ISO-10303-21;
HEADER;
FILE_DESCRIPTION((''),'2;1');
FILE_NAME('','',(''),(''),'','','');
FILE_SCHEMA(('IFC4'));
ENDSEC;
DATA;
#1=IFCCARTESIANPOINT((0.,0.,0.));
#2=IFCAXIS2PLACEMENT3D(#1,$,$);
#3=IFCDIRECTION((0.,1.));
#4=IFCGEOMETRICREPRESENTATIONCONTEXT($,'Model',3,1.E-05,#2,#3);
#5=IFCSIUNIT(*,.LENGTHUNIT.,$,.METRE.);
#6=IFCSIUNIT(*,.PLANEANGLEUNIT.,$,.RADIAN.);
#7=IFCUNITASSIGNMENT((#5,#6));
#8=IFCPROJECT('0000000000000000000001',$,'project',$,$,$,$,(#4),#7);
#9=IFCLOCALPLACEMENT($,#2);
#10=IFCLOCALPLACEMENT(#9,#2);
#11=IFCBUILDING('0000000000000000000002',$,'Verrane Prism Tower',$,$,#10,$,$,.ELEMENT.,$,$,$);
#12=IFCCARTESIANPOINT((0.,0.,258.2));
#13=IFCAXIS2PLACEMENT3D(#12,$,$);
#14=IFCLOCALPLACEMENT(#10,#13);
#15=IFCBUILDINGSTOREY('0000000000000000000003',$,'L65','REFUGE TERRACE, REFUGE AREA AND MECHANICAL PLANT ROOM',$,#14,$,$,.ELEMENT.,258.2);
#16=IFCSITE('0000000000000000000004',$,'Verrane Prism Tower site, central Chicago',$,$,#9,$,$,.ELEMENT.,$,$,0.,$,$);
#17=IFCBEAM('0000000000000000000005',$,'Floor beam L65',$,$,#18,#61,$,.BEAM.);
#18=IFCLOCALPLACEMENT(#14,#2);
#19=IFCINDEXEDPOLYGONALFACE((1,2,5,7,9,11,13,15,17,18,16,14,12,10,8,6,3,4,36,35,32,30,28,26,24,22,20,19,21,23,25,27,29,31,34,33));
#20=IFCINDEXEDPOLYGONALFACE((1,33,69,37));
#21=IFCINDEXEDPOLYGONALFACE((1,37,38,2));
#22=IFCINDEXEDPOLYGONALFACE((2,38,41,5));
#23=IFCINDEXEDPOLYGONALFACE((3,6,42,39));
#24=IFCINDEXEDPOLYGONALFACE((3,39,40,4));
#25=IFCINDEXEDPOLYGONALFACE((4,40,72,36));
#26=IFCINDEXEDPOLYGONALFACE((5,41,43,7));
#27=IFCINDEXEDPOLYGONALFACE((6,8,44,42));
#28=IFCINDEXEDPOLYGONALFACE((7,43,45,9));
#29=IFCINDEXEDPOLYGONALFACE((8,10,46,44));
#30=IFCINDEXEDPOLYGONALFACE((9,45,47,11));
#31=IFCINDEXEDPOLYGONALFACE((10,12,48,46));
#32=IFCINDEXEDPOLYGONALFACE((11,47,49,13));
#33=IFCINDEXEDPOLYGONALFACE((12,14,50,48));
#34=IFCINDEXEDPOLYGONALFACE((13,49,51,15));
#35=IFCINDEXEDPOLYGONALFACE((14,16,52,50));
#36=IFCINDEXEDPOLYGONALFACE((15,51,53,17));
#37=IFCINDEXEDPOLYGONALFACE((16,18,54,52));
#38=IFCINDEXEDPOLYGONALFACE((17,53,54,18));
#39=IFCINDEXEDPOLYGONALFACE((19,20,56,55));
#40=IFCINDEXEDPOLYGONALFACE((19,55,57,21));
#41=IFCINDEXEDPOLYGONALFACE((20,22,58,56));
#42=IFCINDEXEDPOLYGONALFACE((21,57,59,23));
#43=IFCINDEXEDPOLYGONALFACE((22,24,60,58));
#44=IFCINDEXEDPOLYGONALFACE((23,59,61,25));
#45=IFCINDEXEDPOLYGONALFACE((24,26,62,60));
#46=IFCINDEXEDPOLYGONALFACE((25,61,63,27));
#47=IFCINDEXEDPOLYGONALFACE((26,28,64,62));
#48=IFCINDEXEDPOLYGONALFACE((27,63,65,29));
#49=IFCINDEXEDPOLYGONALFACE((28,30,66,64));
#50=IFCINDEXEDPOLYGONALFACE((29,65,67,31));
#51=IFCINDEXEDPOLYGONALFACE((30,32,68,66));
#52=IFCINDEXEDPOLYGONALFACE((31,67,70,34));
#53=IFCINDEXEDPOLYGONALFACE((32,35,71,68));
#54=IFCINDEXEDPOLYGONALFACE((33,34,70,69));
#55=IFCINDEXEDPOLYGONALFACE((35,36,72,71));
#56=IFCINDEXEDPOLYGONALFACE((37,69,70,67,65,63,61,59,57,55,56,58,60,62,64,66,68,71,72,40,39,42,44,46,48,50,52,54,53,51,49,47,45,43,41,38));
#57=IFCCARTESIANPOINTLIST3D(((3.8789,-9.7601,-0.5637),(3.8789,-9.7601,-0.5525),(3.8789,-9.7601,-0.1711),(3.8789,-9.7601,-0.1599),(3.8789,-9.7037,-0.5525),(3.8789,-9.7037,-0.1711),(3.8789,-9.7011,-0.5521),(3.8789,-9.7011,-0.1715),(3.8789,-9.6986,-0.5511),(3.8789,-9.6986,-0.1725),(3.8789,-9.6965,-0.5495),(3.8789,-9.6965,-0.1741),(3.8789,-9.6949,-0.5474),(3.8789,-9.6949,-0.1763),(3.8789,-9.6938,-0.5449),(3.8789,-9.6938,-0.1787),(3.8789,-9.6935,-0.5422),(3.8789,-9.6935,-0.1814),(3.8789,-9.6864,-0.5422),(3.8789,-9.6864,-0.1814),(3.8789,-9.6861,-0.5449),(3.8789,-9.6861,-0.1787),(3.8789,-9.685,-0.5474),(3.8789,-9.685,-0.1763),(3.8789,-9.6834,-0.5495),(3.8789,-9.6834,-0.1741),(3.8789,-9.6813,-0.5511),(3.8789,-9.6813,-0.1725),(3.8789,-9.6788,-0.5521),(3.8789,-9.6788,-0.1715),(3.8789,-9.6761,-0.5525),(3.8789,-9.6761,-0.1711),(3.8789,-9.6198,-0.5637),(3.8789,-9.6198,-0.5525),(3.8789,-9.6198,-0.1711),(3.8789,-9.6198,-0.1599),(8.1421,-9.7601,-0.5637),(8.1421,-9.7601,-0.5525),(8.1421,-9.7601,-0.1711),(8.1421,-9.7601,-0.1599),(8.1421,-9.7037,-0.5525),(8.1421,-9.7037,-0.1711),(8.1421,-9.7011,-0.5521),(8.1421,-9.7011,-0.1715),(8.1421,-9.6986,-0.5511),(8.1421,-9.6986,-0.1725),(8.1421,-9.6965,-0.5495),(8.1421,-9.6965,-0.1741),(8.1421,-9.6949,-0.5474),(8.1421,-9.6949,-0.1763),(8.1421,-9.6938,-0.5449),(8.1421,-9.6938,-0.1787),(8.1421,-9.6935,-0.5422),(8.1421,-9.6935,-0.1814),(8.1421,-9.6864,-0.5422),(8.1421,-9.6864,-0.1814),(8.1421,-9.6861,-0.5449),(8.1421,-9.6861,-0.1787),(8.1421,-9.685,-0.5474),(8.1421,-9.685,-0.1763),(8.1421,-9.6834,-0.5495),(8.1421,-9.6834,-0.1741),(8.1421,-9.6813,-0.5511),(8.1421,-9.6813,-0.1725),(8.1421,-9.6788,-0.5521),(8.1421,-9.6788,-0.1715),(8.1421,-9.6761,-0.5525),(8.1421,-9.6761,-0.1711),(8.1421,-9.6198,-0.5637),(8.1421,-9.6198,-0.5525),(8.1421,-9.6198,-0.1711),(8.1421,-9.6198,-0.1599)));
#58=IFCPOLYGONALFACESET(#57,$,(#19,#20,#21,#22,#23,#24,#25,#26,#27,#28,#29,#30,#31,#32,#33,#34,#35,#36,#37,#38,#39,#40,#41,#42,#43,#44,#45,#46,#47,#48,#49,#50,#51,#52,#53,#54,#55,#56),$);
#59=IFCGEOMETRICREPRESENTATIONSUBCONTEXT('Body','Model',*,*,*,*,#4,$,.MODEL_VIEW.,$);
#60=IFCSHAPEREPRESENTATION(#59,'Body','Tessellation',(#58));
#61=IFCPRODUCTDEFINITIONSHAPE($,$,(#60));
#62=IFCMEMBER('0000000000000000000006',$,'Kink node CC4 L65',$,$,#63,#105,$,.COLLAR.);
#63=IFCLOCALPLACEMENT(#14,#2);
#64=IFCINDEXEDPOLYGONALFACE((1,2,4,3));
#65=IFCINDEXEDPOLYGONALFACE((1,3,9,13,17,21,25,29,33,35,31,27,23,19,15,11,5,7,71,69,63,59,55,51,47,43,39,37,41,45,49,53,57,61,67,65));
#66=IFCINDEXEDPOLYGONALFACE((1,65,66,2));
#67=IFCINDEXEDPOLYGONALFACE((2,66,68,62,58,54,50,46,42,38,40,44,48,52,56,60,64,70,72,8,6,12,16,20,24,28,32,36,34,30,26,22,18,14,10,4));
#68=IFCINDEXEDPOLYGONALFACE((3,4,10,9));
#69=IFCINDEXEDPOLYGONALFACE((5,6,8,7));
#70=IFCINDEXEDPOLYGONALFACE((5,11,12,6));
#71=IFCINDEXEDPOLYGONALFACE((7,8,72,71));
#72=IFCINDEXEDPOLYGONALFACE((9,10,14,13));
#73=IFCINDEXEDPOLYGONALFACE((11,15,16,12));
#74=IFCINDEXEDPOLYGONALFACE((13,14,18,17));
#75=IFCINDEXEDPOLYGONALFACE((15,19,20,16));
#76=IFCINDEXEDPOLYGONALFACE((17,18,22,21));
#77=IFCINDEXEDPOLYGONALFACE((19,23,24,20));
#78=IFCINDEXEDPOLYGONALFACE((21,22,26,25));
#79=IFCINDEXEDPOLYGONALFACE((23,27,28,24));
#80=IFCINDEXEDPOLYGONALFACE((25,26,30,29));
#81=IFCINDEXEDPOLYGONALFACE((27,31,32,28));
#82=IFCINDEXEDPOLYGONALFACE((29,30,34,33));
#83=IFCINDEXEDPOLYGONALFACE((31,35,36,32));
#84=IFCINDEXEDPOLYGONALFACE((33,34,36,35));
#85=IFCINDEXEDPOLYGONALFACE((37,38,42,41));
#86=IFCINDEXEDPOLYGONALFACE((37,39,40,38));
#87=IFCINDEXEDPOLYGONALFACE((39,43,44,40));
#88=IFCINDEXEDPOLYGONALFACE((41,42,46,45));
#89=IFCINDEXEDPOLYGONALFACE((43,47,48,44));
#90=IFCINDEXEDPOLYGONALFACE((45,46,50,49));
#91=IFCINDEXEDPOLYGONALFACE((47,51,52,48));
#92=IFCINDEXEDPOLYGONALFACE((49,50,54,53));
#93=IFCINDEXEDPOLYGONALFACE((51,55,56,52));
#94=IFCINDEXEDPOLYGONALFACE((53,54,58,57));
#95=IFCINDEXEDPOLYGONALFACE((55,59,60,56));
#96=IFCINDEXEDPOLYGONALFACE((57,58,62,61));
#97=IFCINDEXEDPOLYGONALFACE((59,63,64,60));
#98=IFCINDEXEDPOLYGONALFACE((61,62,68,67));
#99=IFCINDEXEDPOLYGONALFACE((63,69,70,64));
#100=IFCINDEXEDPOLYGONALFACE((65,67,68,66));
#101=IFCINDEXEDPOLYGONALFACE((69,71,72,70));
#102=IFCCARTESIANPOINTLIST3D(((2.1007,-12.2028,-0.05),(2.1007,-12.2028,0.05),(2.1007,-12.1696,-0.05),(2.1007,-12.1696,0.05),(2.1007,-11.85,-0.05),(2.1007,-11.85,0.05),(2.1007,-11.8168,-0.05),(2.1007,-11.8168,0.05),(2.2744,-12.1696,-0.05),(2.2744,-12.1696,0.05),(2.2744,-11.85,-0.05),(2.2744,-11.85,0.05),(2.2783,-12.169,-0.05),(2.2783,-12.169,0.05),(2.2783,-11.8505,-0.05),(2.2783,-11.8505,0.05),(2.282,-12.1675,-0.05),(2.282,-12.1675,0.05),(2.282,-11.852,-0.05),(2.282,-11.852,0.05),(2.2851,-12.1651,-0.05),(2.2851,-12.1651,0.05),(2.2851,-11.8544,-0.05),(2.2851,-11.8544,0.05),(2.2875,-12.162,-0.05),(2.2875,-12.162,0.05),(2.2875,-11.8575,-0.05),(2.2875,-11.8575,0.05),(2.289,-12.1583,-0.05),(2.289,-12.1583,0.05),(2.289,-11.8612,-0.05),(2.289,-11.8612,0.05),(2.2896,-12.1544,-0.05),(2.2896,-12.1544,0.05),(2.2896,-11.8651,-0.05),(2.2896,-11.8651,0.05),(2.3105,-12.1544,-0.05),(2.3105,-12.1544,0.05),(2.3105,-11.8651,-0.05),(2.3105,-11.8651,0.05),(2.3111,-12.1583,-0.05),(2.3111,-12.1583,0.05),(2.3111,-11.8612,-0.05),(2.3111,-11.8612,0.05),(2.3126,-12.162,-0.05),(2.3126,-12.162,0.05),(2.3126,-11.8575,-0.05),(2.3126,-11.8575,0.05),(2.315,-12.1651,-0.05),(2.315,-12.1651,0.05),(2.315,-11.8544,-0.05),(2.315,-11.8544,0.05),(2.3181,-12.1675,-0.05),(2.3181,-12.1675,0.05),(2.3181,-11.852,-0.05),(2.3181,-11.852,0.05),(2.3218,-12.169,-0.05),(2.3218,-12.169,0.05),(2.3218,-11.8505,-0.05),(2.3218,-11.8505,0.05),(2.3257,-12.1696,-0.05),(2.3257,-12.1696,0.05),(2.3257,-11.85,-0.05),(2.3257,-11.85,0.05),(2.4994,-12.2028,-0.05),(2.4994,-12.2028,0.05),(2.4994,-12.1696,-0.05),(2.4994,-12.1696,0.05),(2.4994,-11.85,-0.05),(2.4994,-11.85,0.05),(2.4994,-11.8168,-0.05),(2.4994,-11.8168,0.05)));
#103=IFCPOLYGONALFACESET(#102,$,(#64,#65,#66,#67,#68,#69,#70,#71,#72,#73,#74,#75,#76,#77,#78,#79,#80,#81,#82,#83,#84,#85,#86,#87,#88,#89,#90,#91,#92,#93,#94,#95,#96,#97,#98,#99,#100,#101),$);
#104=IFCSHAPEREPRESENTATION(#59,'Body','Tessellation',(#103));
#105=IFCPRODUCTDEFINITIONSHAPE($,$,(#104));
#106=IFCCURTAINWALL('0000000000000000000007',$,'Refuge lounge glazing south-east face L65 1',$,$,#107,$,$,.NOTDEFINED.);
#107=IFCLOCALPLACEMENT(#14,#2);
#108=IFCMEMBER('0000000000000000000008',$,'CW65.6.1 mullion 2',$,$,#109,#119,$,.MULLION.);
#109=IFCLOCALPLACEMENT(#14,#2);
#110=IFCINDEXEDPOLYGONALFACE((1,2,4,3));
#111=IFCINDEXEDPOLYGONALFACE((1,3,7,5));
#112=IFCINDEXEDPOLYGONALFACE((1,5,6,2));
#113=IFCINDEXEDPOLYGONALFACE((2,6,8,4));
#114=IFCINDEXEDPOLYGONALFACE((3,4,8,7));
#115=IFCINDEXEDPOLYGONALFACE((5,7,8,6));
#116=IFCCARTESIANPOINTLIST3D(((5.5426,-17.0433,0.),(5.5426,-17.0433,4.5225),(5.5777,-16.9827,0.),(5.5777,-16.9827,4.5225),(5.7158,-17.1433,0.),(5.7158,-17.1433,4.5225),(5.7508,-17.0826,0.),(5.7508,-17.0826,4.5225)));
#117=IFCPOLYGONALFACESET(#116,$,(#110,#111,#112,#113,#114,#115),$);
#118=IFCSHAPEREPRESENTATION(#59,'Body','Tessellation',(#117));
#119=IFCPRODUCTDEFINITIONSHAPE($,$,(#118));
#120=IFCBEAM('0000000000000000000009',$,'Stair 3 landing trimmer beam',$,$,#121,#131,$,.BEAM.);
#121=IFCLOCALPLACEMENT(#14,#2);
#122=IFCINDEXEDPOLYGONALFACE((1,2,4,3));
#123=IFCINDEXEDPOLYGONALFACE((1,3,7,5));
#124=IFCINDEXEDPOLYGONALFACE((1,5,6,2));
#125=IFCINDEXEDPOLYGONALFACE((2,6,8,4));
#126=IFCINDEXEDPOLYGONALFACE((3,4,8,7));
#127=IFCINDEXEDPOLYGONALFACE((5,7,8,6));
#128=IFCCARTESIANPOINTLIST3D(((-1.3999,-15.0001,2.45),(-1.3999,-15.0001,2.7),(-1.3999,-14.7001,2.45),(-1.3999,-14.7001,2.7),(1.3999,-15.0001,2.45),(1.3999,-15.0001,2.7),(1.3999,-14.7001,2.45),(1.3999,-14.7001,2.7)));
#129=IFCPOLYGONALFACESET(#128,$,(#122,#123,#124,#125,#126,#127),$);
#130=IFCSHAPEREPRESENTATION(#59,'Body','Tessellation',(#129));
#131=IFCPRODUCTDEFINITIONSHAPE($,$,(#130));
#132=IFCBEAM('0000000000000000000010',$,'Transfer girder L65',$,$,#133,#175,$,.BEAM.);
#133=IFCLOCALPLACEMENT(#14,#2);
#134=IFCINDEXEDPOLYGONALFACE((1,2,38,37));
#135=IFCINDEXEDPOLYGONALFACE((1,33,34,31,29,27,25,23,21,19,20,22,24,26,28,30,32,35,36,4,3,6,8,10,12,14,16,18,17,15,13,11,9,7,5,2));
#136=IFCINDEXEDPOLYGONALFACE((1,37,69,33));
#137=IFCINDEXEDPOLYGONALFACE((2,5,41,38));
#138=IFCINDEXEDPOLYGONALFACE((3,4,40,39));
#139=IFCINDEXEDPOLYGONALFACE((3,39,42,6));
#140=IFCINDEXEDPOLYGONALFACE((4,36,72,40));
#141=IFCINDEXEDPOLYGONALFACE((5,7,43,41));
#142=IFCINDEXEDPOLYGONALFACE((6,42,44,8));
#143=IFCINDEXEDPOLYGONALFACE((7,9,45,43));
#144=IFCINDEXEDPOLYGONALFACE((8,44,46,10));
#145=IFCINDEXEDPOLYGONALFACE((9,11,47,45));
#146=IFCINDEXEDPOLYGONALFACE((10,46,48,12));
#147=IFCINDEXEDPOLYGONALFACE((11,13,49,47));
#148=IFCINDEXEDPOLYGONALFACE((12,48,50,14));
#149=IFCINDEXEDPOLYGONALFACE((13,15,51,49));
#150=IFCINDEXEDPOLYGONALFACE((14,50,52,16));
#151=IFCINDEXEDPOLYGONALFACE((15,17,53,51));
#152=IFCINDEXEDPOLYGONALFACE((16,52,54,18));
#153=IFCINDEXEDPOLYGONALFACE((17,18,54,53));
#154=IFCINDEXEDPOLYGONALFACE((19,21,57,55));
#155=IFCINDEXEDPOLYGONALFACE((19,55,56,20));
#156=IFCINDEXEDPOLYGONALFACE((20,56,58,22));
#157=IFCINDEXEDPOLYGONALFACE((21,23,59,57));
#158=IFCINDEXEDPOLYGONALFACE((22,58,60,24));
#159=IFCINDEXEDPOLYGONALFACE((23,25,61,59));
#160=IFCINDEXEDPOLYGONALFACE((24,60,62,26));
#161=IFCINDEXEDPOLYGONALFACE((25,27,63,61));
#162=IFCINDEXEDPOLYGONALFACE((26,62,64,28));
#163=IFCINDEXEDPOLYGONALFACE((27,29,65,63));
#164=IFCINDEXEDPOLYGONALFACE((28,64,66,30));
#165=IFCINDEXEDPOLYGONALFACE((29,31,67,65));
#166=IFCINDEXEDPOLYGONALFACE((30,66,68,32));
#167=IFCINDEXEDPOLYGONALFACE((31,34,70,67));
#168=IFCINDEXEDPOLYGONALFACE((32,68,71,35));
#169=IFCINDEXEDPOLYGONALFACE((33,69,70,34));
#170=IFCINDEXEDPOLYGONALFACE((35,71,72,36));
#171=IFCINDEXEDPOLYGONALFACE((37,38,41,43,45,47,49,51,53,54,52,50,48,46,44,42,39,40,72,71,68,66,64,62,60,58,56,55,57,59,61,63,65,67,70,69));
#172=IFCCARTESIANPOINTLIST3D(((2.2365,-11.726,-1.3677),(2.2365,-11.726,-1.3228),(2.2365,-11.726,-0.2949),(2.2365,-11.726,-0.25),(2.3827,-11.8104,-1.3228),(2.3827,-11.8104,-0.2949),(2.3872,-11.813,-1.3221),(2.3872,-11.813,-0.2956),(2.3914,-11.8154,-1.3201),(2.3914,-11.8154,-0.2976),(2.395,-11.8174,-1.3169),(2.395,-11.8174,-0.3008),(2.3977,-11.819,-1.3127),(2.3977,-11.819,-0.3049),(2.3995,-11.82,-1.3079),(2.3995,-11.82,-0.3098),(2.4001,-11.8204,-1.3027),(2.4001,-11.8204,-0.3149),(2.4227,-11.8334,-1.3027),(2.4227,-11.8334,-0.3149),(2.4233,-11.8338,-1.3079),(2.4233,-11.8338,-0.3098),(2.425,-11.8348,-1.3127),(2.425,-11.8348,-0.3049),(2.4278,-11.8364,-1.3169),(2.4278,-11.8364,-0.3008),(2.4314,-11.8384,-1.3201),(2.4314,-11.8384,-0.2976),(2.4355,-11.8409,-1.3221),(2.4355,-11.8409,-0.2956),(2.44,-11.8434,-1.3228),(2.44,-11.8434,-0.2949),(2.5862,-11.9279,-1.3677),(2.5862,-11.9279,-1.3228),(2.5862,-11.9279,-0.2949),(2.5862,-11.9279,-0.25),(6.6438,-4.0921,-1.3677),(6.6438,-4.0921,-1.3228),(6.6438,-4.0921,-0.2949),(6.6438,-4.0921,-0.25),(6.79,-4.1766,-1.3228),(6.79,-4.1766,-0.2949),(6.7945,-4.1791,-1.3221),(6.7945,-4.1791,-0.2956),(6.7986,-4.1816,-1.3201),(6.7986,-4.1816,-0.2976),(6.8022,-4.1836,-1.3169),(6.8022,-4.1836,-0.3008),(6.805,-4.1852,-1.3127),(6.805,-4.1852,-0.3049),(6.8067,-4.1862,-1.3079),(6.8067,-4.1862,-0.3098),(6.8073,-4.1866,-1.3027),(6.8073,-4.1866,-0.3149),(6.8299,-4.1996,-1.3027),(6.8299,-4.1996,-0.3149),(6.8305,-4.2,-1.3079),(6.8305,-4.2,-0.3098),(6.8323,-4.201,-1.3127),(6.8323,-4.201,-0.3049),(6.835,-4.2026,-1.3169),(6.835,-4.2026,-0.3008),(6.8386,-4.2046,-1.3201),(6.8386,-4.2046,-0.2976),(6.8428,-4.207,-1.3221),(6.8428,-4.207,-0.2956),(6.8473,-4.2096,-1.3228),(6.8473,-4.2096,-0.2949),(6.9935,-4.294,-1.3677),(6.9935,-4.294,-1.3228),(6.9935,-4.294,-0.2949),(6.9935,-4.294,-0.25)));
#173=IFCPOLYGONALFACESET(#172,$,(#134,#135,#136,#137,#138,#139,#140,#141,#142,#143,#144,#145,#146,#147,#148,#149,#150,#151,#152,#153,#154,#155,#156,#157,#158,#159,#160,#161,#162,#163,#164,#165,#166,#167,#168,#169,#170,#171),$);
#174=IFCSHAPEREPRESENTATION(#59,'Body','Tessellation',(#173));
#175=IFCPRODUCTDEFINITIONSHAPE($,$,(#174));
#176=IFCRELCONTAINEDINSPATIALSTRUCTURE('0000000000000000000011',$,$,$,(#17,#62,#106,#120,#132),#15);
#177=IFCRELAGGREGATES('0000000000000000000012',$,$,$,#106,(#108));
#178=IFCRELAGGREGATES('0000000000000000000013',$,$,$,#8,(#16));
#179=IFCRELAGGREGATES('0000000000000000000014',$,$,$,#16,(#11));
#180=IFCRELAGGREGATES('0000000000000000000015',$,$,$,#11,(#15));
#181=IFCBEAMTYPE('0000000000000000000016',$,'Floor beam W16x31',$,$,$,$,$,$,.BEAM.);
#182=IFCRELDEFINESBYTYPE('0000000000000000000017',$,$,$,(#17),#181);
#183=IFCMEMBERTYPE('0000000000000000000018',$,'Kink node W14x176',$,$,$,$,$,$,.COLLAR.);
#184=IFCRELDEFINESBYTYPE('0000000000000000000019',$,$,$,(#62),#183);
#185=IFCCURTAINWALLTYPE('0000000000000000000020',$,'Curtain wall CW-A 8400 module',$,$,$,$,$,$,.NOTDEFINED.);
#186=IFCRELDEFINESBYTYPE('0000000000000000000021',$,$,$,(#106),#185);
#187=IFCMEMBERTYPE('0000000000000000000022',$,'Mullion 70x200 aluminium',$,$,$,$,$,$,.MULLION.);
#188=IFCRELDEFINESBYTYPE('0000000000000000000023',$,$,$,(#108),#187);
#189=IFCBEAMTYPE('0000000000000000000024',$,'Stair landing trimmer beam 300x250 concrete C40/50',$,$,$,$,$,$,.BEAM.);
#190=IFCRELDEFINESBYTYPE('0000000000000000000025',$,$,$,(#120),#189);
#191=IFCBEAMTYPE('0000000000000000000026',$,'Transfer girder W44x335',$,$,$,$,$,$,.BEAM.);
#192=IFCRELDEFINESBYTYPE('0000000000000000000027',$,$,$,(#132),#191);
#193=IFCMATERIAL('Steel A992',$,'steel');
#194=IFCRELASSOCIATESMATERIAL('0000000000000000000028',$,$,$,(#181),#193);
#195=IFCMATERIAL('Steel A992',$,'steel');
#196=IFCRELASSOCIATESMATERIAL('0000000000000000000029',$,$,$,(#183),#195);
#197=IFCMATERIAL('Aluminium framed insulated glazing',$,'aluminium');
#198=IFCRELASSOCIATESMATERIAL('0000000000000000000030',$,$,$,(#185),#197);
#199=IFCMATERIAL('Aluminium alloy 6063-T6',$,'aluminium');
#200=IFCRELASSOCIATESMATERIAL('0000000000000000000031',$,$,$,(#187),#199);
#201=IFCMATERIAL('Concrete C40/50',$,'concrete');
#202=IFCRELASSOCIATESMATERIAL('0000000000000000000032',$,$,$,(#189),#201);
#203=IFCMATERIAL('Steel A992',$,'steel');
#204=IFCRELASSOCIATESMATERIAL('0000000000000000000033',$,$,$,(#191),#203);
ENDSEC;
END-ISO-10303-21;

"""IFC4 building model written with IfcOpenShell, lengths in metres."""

from ifc_helpers import new_model, si_unit, direction, frame, origin, origin_2d, place, context, subcontext, project, spatial, rectangle, i_section, extrude, material, material_profile, profile_set, type_object, element, aggregate, save


model = new_model("IFC4")

# Units and contexts
model_context = context("Model", 3, precision=1e-05, world=origin(), true_north=direction((0.0, 1.0)))
body_context = subcontext(model_context, "Body", "Model", "MODEL_VIEW")
ifc_project = project(units=[si_unit("LENGTHUNIT", "METRE"), si_unit("PLANEANGLEUNIT", "RADIAN")], contexts=[model_context])

# Site, building, storey
site_placement = place(None, origin())
site = spatial("IfcSite", under=ifc_project, at=site_placement, Name="Verrane Prism Tower site, central Chicago", CompositionType="ELEMENT", RefElevation=0.0)
building_placement = place(site_placement, origin())
building = spatial("IfcBuilding", under=site, at=building_placement, Name="Verrane Prism Tower", CompositionType="ELEMENT")
storey_placement = place(building_placement, frame((0.0, 0.0, 258.2)))
storey = spatial("IfcBuildingStorey", under=building, at=storey_placement, Name="L65", Description="REFUGE TERRACE, REFUGE AREA AND MECHANICAL PLANT ROOM", CompositionType="ELEMENT", Elevation=258.2)

# Beam
ifc_material_1 = material(Name="Steel A992", Category="steel")
ifc_material_profile_1 = material_profile(ifc_material_1, i_section(OverallWidth=0.1404, OverallDepth=0.4038, WebThickness=0.0071, FlangeThickness=0.0112, FilletRadius=0.0103, at=origin_2d()), Name="W16x31")
ifc_profile_set_1 = profile_set([ifc_material_profile_1], Name="Steel A992")
beam_type_1 = type_object("IfcBeamType", Name="Floor beam W16x31", PredefinedType="BEAM", material=ifc_profile_set_1)
beam_1_placement = place(storey_placement, frame((3.8789, -9.6899, -0.3618), z_axis=(1.0, 0.0, 0.0), x_axis=(0.0, 1.0, 0.0)))
element("IfcBeam", 1, at=beam_1_placement, inside=storey, type_object=beam_type_1, Name="Floor beam L65", PredefinedType="BEAM", context=body_context, shape_type="SweptSolid", body=[
    extrude(i_section(OverallWidth=0.1404, OverallDepth=0.4038, WebThickness=0.0071, FlangeThickness=0.0112, FilletRadius=0.0103, at=origin_2d()), origin(), (0.0, 0.0, 1.0), 4.2632),
])

# Member
ifc_material_2 = material(Name="Steel A992", Category="steel")
ifc_material_profile_2 = material_profile(ifc_material_2, i_section(OverallWidth=0.3987, OverallDepth=0.386, WebThickness=0.021, FlangeThickness=0.0332, FilletRadius=0.0151, at=origin_2d()), Name="W14x176")
ifc_profile_set_2 = profile_set([ifc_material_profile_2], Name="Steel A992")
member_type_1 = type_object("IfcMemberType", Name="Kink node W14x176", PredefinedType="COLLAR", material=ifc_profile_set_2)
member_1_placement = place(storey_placement, frame((2.3, -12.0098, -0.05), z_axis=(0.0, 0.0, 1.0), x_axis=(1.0, 0.0, 0.0)))
element("IfcMember", 2, at=member_1_placement, inside=storey, type_object=member_type_1, Name="Kink node CC4 L65", PredefinedType="COLLAR", context=body_context, shape_type="SweptSolid", body=[
    extrude(i_section(OverallWidth=0.3987, OverallDepth=0.386, WebThickness=0.021, FlangeThickness=0.0332, FilletRadius=0.0151, at=origin_2d()), origin(), (0.0, 0.0, 1.0), 0.1001),
])

# Curtain wall, member
ifc_material_3 = material(Name="Aluminium framed insulated glazing", Category="aluminium")
curtain_wall_type = type_object("IfcCurtainWallType", Name="Curtain wall CW-A 8400 module", PredefinedType="NOTDEFINED", material=ifc_material_3)
curtain_wall_placement = place(storey_placement, origin())
curtain_wall = element("IfcCurtainWall", 3, at=curtain_wall_placement, inside=storey, type_object=curtain_wall_type, Name="Refuge lounge glazing south-east face L65 1", PredefinedType="NOTDEFINED")
ifc_material_4 = material(Name="Aluminium alloy 6063-T6", Category="aluminium")
ifc_material_profile_3 = material_profile(ifc_material_4, rectangle(XDim=0.2, YDim=0.0701, at=origin_2d()), Name="Mullion 70x200 aluminium")
ifc_profile_set_3 = profile_set([ifc_material_profile_3], Name="Aluminium alloy 6063-T6")
member_type_2 = type_object("IfcMemberType", Name="Mullion 70x200 aluminium", PredefinedType="MULLION", material=ifc_profile_set_3)
member_2_placement = place(storey_placement, frame((5.6467, -17.063, 0.0), z_axis=(0.0, 0.0, 1.0), x_axis=(-0.866027, 0.499998, 0.0)))
member_2 = element("IfcMember", 4, at=member_2_placement, type_object=member_type_2, Name="CW65.6.1 mullion 2", PredefinedType="MULLION", context=body_context, shape_type="SweptSolid", body=[
    extrude(rectangle(XDim=0.2, YDim=0.0701, at=origin_2d()), origin(), (0.0, 0.0, 1.0), 4.5225),
])
aggregate(curtain_wall, [member_2])

# Beams
ifc_material_5 = material(Name="Concrete C40/50", Category="concrete")
ifc_material_profile_4 = material_profile(ifc_material_5, rectangle(XDim=0.3, YDim=0.25, at=origin_2d()), Name="RC 300x250")
ifc_profile_set_4 = profile_set([ifc_material_profile_4], Name="Concrete C40/50")
beam_type_2 = type_object("IfcBeamType", Name="Stair landing trimmer beam 300x250 concrete C40/50", PredefinedType="BEAM", material=ifc_profile_set_4)
beam_2_placement = place(storey_placement, frame((1.3999, -14.8501, 2.575), z_axis=(-1.0, 0.0, 0.0), x_axis=(0.0, -1.0, 0.0)))
element("IfcBeam", 5, at=beam_2_placement, inside=storey, type_object=beam_type_2, Name="Stair 3 landing trimmer beam", PredefinedType="BEAM", context=body_context, shape_type="SweptSolid", body=[
    extrude(rectangle(XDim=0.3, YDim=0.25, at=origin_2d()), origin(), (0.0, 0.0, 1.0), 2.7998),
])
ifc_material_6 = material(Name="Steel A992", Category="steel")
ifc_material_profile_5 = material_profile(ifc_material_6, i_section(OverallWidth=0.4038, OverallDepth=1.1177, WebThickness=0.0261, FlangeThickness=0.0449, FilletRadius=0.02, at=origin_2d()), Name="W44x335")
ifc_profile_set_5 = profile_set([ifc_material_profile_5], Name="Steel A992")
beam_type_3 = type_object("IfcBeamType", Name="Transfer girder W44x335", PredefinedType="BEAM", material=ifc_profile_set_5)
beam_3_placement = place(storey_placement, frame((2.4114, -11.8269, -0.8088), z_axis=(0.499988, 0.866032, 0.0), x_axis=(-0.866032, 0.499988, 0.0)))
element("IfcBeam", 6, at=beam_3_placement, inside=storey, type_object=beam_type_3, Name="Transfer girder L65", PredefinedType="BEAM", context=body_context, shape_type="SweptSolid", body=[
    extrude(i_section(OverallWidth=0.4038, OverallDepth=1.1177, WebThickness=0.0261, FlangeThickness=0.0449, FilletRadius=0.02, at=origin_2d()), origin(), (0.0, 0.0, 1.0), 8.8147),
])

save(model, "model.ifc")
